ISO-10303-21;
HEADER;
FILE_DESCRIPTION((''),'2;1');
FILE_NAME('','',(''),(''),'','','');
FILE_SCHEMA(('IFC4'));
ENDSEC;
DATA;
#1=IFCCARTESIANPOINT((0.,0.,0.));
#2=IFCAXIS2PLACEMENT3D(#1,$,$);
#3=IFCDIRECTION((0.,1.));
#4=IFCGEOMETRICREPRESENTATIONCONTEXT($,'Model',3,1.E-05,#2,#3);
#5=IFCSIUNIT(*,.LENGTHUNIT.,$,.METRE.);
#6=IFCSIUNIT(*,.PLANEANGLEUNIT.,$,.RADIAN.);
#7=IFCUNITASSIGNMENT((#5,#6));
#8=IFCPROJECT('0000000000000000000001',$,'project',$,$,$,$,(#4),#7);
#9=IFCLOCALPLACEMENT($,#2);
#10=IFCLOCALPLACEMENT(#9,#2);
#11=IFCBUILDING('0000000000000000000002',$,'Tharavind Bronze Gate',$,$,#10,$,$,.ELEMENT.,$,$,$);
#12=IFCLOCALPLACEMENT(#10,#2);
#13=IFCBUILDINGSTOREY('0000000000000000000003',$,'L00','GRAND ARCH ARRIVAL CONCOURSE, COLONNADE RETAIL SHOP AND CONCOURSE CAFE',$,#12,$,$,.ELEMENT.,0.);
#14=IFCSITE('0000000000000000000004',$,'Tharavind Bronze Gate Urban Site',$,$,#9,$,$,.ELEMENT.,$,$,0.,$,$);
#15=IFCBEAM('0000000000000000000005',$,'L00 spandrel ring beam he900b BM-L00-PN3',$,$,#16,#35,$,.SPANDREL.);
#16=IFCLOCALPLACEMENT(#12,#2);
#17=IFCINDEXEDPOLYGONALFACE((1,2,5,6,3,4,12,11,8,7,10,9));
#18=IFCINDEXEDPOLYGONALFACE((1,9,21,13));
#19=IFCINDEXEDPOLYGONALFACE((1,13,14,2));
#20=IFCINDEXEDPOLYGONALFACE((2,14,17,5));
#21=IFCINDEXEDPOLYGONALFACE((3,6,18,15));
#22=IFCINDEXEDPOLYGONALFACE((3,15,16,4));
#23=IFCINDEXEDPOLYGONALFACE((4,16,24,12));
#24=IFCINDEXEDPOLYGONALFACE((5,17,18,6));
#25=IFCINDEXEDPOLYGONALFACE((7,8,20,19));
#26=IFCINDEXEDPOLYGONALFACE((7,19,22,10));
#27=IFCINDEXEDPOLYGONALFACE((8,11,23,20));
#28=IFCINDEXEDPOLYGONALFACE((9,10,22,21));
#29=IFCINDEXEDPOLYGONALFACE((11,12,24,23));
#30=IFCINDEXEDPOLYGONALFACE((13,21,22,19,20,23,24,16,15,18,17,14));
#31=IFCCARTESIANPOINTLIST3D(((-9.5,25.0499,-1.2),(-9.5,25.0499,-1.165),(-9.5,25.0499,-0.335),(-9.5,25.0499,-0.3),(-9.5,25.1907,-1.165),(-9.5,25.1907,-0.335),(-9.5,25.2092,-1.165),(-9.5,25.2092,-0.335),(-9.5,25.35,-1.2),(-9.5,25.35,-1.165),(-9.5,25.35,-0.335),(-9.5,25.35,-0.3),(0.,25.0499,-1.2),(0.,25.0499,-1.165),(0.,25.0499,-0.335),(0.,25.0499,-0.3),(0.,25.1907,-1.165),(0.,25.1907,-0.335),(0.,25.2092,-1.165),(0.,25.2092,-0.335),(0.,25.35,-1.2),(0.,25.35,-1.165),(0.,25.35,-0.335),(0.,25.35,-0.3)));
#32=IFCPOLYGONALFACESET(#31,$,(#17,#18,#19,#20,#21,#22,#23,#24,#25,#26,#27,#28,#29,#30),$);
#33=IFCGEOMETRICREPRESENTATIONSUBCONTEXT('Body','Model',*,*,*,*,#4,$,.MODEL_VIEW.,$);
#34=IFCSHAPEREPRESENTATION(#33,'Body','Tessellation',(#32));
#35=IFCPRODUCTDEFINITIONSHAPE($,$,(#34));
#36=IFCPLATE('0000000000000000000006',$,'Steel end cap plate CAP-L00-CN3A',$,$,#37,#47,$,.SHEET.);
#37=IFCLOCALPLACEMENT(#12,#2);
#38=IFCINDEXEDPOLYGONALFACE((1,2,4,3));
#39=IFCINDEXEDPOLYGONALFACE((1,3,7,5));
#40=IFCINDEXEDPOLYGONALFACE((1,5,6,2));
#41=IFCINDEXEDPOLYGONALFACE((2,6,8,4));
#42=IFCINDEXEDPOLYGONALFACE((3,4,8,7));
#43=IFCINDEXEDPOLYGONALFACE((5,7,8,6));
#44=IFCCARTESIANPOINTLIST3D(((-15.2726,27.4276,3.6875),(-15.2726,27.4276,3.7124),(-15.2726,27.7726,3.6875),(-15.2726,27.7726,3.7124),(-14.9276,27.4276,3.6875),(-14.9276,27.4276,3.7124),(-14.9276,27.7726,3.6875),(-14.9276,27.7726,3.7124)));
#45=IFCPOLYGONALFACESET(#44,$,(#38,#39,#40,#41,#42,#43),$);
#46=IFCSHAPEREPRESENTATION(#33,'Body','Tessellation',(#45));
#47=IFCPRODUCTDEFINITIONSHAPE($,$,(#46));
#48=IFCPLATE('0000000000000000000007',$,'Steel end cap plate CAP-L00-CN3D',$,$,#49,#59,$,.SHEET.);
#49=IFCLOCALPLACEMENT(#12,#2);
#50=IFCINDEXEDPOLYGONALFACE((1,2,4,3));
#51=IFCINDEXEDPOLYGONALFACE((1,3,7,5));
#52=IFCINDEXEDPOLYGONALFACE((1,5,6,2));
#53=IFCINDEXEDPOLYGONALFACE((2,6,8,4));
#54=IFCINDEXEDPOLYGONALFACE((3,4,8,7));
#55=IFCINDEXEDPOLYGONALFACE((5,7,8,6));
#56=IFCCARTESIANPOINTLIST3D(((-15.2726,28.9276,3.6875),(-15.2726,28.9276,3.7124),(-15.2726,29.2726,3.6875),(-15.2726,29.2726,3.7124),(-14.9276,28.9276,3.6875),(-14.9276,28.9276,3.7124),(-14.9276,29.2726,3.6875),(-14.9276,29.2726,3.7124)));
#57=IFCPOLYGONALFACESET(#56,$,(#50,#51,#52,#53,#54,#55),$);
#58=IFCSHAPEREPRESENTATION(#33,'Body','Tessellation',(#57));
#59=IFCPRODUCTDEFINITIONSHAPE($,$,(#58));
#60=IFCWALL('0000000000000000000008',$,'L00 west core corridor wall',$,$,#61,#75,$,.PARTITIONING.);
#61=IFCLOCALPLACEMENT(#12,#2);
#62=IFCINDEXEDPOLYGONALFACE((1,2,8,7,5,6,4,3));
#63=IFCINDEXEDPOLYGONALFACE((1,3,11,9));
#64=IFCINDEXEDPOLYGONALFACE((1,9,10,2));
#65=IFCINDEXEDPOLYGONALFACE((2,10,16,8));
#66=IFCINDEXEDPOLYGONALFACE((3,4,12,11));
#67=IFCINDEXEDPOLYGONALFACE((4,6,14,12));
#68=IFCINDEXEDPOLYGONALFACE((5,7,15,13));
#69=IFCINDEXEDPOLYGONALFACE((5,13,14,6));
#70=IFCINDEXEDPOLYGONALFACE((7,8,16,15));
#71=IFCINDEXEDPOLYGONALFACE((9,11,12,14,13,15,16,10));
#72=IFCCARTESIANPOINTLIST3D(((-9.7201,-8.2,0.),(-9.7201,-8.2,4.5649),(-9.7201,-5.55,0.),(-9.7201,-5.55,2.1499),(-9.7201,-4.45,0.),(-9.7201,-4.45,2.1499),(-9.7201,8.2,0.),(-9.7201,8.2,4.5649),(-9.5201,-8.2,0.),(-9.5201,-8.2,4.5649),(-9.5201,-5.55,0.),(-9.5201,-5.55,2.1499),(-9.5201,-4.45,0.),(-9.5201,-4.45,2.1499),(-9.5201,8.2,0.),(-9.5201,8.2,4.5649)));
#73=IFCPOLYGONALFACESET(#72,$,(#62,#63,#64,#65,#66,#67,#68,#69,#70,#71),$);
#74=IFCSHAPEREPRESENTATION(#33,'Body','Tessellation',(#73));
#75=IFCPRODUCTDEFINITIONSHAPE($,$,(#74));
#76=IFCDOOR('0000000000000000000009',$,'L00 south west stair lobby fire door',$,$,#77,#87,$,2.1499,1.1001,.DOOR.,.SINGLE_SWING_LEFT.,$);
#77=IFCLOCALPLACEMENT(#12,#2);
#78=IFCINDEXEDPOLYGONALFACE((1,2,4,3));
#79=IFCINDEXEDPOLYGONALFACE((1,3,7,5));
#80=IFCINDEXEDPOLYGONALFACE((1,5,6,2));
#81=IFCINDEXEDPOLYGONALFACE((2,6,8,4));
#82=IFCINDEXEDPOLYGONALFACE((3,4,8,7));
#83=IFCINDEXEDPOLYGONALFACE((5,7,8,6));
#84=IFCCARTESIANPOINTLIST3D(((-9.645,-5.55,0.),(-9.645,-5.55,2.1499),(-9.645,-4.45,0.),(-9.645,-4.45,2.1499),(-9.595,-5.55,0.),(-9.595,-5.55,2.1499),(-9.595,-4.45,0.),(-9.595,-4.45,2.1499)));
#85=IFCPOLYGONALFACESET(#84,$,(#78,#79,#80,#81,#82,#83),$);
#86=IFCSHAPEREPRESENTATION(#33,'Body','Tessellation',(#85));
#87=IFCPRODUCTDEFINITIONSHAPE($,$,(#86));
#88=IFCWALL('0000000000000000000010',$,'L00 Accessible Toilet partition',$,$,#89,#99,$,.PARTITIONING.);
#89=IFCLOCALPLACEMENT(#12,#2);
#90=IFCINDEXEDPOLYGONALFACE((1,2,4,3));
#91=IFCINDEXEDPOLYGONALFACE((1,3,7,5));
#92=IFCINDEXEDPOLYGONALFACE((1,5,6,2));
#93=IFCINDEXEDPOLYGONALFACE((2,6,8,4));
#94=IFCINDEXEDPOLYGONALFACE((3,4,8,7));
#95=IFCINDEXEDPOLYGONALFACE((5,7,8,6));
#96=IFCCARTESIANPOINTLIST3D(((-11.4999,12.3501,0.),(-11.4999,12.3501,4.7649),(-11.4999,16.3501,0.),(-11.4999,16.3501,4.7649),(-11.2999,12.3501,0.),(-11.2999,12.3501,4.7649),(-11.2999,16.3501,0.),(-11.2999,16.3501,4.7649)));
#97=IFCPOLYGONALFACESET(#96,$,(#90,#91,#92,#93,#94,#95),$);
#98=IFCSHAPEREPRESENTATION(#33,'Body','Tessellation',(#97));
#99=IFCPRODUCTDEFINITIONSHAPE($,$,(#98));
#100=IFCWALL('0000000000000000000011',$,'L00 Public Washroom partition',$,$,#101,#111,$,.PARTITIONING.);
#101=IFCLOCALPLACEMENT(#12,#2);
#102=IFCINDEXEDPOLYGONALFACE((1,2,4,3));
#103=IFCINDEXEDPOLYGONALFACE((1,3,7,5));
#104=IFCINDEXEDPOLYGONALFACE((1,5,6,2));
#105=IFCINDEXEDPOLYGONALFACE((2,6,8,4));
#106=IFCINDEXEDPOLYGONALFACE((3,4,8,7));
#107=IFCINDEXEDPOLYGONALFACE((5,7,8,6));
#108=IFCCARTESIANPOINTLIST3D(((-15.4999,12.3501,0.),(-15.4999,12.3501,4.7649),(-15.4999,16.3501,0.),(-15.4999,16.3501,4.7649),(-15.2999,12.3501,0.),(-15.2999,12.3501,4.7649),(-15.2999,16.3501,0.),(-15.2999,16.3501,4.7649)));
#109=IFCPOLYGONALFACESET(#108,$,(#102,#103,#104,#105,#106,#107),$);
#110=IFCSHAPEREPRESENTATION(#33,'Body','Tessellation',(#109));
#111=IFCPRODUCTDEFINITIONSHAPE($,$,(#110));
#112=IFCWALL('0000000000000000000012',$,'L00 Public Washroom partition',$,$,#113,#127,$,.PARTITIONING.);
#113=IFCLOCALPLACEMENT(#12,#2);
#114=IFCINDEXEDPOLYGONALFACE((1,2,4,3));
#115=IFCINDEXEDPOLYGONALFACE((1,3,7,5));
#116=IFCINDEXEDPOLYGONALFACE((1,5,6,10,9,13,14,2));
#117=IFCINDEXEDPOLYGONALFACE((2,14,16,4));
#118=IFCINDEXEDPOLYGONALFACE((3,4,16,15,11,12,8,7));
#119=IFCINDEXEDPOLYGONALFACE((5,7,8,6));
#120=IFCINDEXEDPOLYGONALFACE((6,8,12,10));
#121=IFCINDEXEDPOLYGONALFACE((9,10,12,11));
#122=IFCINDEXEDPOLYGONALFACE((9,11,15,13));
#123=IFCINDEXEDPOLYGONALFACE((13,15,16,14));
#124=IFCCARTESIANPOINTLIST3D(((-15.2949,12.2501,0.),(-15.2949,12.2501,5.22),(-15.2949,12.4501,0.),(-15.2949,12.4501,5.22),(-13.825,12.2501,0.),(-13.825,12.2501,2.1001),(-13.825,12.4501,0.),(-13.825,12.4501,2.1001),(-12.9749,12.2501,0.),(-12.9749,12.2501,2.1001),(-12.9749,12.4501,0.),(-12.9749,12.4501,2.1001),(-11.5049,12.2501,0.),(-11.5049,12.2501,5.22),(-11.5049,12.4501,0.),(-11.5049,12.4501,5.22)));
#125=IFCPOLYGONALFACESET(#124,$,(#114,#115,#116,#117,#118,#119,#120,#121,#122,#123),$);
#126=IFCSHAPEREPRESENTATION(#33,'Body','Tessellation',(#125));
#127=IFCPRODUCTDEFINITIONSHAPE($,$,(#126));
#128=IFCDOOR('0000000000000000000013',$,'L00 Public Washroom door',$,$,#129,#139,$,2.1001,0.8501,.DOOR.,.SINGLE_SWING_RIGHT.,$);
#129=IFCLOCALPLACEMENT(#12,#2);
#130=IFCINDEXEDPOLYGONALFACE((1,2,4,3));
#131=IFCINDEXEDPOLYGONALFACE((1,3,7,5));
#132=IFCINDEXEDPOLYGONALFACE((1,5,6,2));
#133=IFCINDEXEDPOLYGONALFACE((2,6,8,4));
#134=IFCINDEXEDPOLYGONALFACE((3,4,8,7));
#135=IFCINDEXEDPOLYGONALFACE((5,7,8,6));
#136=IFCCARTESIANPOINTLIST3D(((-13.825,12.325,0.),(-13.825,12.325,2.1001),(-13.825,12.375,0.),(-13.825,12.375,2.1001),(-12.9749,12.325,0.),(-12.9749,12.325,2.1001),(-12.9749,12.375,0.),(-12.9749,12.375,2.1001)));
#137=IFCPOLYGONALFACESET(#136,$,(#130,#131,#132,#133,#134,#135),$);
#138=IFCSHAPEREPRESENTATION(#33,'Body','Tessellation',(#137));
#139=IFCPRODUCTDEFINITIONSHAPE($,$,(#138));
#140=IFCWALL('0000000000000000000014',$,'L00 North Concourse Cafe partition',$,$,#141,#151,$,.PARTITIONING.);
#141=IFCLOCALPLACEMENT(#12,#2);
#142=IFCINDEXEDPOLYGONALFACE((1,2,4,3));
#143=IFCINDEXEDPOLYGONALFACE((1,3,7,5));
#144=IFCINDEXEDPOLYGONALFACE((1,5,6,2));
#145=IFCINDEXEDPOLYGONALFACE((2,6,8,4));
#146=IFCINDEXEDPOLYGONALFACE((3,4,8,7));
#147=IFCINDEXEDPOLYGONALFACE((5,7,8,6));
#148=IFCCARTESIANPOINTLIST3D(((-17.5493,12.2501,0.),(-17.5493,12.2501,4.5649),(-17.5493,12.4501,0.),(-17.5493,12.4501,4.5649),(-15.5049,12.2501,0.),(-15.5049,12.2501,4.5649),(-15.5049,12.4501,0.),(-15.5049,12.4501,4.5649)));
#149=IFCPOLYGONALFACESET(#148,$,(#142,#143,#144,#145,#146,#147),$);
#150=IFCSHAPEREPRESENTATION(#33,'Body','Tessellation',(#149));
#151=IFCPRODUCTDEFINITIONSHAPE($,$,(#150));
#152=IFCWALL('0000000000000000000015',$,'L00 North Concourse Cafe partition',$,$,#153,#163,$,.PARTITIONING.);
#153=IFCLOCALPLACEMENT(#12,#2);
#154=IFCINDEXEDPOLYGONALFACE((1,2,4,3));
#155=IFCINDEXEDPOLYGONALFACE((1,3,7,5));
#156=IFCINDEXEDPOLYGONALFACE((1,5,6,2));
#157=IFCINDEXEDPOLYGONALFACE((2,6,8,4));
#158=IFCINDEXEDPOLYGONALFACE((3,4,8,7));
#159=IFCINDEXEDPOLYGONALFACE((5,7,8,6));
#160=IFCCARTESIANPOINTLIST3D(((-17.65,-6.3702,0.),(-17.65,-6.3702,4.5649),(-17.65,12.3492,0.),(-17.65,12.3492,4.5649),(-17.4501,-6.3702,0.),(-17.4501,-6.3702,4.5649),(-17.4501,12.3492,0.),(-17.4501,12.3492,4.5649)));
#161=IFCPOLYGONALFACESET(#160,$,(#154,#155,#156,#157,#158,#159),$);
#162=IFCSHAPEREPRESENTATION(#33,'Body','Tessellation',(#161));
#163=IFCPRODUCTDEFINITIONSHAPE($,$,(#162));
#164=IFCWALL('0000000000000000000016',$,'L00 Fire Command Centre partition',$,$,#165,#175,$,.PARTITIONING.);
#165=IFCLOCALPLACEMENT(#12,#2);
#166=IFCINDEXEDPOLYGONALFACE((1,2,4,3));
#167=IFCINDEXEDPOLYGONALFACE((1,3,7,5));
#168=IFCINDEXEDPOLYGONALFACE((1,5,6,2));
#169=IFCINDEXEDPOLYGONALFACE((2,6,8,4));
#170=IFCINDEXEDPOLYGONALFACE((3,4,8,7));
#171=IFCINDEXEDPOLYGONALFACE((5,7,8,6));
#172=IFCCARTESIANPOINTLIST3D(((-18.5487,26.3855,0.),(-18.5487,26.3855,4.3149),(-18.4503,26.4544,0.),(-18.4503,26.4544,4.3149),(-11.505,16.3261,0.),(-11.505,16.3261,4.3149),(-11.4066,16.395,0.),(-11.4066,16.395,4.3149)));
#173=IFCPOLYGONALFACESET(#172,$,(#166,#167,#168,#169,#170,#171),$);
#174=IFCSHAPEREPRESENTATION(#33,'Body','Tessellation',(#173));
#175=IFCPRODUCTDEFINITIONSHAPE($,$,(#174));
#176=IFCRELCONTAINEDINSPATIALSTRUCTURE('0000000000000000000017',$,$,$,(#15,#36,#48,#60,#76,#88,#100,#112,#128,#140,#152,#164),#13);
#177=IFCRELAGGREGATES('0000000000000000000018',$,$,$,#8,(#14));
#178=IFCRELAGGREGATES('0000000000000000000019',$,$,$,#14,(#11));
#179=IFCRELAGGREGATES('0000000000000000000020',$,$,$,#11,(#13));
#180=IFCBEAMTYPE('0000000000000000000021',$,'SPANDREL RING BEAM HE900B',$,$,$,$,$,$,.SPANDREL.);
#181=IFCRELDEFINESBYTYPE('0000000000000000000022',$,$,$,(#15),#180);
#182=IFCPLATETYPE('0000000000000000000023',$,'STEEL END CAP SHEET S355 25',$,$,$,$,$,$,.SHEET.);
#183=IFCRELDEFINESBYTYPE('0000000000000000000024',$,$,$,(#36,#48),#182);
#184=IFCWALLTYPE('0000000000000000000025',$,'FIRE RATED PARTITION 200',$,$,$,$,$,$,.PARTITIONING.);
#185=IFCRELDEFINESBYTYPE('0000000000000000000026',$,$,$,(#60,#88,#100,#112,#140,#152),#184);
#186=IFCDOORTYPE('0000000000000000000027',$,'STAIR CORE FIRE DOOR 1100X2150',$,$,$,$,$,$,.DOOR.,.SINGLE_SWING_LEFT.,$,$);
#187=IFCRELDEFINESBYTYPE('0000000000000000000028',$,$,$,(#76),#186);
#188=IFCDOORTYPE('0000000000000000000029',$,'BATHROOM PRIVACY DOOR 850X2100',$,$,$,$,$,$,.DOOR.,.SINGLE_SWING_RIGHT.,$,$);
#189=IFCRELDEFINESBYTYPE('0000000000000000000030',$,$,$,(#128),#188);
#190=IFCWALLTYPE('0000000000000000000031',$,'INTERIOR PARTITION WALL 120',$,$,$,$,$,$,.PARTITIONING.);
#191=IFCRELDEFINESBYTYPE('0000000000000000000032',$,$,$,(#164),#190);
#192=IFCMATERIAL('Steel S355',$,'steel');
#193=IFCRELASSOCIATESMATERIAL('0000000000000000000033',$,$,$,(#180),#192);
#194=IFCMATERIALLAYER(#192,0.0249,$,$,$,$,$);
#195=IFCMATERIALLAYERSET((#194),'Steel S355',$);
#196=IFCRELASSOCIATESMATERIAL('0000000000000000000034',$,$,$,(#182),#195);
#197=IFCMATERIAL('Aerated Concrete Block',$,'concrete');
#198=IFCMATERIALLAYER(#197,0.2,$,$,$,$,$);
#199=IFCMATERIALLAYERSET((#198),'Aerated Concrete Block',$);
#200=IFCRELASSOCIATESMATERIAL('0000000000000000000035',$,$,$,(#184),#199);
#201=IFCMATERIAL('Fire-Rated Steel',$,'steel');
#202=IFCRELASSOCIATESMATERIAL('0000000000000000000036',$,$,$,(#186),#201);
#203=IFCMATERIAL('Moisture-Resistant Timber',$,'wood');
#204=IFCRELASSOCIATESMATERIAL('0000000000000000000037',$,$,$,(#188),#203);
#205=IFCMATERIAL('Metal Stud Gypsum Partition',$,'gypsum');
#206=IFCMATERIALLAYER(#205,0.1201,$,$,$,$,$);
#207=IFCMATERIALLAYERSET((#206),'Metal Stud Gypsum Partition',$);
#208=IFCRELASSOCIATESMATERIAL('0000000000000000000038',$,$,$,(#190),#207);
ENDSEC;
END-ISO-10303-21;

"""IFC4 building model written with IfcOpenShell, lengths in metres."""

from ifc_helpers import new_model, si_unit, direction, frame, frame_2d, origin, origin_2d, place, context, subcontext, project, spatial, rectangle, i_section, extrude, material, layer, layer_set, material_profile, profile_set, type_object, element, fill, save


model = new_model("IFC4")

# Units and contexts
model_context = context("Model", 3, precision=1e-05, world=origin(), true_north=direction((0.0, 1.0)))
body_context = subcontext(model_context, "Body", "Model", "MODEL_VIEW")
ifc_project = project(units=[si_unit("LENGTHUNIT", "METRE"), si_unit("PLANEANGLEUNIT", "RADIAN")], contexts=[model_context])

# Site, building, storey
site_placement = place(None, origin())
site = spatial("IfcSite", under=ifc_project, at=site_placement, Name="Tharavind Bronze Gate Urban Site", CompositionType="ELEMENT", RefElevation=0.0)
building_placement = place(site_placement, origin())
building = spatial("IfcBuilding", under=site, at=building_placement, Name="Tharavind Bronze Gate", CompositionType="ELEMENT")
storey_placement = place(building_placement, origin())
storey = spatial("IfcBuildingStorey", under=building, at=storey_placement, Name="L00", Description="GRAND ARCH ARRIVAL CONCOURSE, COLONNADE RETAIL SHOP AND CONCOURSE CAFE", CompositionType="ELEMENT", Elevation=0.0)

# Shared definitions
ifc_material_1 = material(Name="Steel S355", Category="steel")

# Beam
ifc_material_profile_1 = material_profile(ifc_material_1, i_section(OverallWidth=0.3, OverallDepth=0.8999, WebThickness=0.0186, FlangeThickness=0.0349, at=origin_2d()), Name="HE900B")
ifc_profile_set_1 = profile_set([ifc_material_profile_1], Name="Steel S355")
beam_type_1 = type_object("IfcBeamType", Name="SPANDREL RING BEAM HE900B", PredefinedType="SPANDREL", material=ifc_profile_set_1)
beam_1_placement = place(storey_placement, frame((-9.5, 25.2, -0.75), z_axis=(1.0, 0.0, 0.0), x_axis=(0.0, 1.0, 0.0)))
element("IfcBeam", 1, at=beam_1_placement, inside=storey, type_object=beam_type_1, Name="L00 spandrel ring beam he900b BM-L00-PN3", PredefinedType="SPANDREL", context=body_context, shape_type="SweptSolid", body=[
    extrude(i_section(OverallWidth=0.3, OverallDepth=0.8999, WebThickness=0.0186, FlangeThickness=0.0349, at=origin_2d()), origin(), (0.0, 0.0, 1.0), 9.5),
])

# Plates
ifc_layer_1 = layer(ifc_material_1, 0.0249)
ifc_layer_set_1 = layer_set([ifc_layer_1], Name="Steel S355")
plate_type = type_object("IfcPlateType", Name="STEEL END CAP SHEET S355 25", PredefinedType="SHEET", material=ifc_layer_set_1)
for number, where, z_axis, x_axis, name in (
    (2, (-15.1001, 27.6001, 3.6875), (0.0, 0.0, 1.0), (1.0, 0.0, 0.0), "Steel end cap plate CAP-L00-CN3A"),
    (3, (-15.1001, 29.1001, 3.6875), (0.0, 0.0, 1.0), (1.0, 0.0, 0.0), "Steel end cap plate CAP-L00-CN3D"),
):
    element("IfcPlate", number, at=place(storey_placement, frame(where, z_axis=z_axis, x_axis=x_axis)), inside=storey, type_object=plate_type, Name=name, PredefinedType="SHEET", context=body_context, shape_type="SweptSolid", body=[
        extrude(rectangle(XDim=0.345, YDim=0.345, at=origin_2d()), origin(), (0.0, 0.0, 1.0), 0.0249),
    ])

# Wall, opening, door
ifc_material_2 = material(Name="Aerated Concrete Block", Category="concrete")
ifc_layer_2 = layer(ifc_material_2, 0.2)
ifc_layer_set_2 = layer_set([ifc_layer_2], Name="Aerated Concrete Block")
wall_type_1 = type_object("IfcWallType", Name="FIRE RATED PARTITION 200", PredefinedType="PARTITIONING", material=ifc_layer_set_2)
wall_1_placement = place(storey_placement, frame((-9.6201, 8.2, 0.0), z_axis=(0.0, 0.0, 1.0), x_axis=(0.0, -1.0, 0.0)))
wall_1 = element("IfcWall", 4, at=wall_1_placement, inside=storey, type_object=wall_type_1, Name="L00 west core corridor wall", PredefinedType="PARTITIONING", context=body_context, shape_type="SweptSolid", body=[
    extrude(rectangle(XDim=16.3999, YDim=0.2, at=frame_2d((8.2, 0.0))), origin(), (0.0, 0.0, 1.0), 4.5649),
])
opening_1_placement = place(wall_1_placement, frame((12.6499, 0.0, 0.0)))
opening_1 = element("IfcOpeningElement", 5, at=opening_1_placement, cuts=wall_1, PredefinedType="OPENING", context=body_context, shape_type="SweptSolid", body=[
    extrude(rectangle(XDim=1.1001, YDim=2.1499, at=frame_2d((0.55, 1.075))), frame((0.0, 0.1101, 0.0), z_axis=(0.0, -1.0, 0.0), x_axis=(1.0, 0.0, 0.0)), (0.0, 0.0, 1.0), 0.22),
])
ifc_material_3 = material(Name="Fire-Rated Steel", Category="steel")
door_type_1 = type_object("IfcDoorType", Name="STAIR CORE FIRE DOOR 1100X2150", OperationType="SINGLE_SWING_LEFT", PredefinedType="DOOR", material=ifc_material_3)
door_1_placement = place(opening_1_placement, frame((1.1001, 0.0, 0.0), z_axis=(0.0, 0.0, 1.0), x_axis=(-1.0, 0.0, 0.0)))
door_1 = element("IfcDoor", 6, at=door_1_placement, inside=storey, type_object=door_type_1, Name="L00 south west stair lobby fire door", OperationType="SINGLE_SWING_LEFT", OverallHeight=2.1499, OverallWidth=1.1001, PredefinedType="DOOR", context=body_context, shape_type="SweptSolid", body=[
    extrude(rectangle(XDim=1.1001, YDim=2.1499, at=frame_2d((0.55, 1.075))), frame((0.0, 0.0249, 0.0), z_axis=(0.0, -1.0, 0.0), x_axis=(1.0, 0.0, 0.0)), (0.0, 0.0, 1.0), 0.05),
])
fill(opening_1, door_1)

# Walls
for number, where, z_axis, x_axis, name in (
    (7, (-11.3999, 12.3501, 0.0), (0.0, 0.0, 1.0), (0.0, 1.0, 0.0), "L00 Accessible Toilet partition"),
    (8, (-15.3999, 12.3501, 0.0), (0.0, 0.0, 1.0), (0.0, 1.0, 0.0), "L00 Public Washroom partition"),
):
    element("IfcWall", number, at=place(storey_placement, frame(where, z_axis=z_axis, x_axis=x_axis)), inside=storey, type_object=wall_type_1, Name=name, PredefinedType="PARTITIONING", context=body_context, shape_type="SweptSolid", body=[
        extrude(rectangle(XDim=4.0, YDim=0.2, at=frame_2d((2.0, 0.0))), origin(), (0.0, 0.0, 1.0), 4.7649),
    ])

# Wall, opening, door
wall_2_placement = place(storey_placement, frame((-11.5049, 12.3501, 0.0), z_axis=(0.0, 0.0, 1.0), x_axis=(-1.0, 0.0, 0.0)))
wall_2 = element("IfcWall", 9, at=wall_2_placement, inside=storey, type_object=wall_type_1, Name="L00 Public Washroom partition", PredefinedType="PARTITIONING", context=body_context, shape_type="SweptSolid", body=[
    extrude(rectangle(XDim=3.79, YDim=0.2, at=frame_2d((1.895, 0.0))), origin(), (0.0, 0.0, 1.0), 5.22),
])
opening_2_placement = place(wall_2_placement, frame((1.47, 0.0, 0.0)))
opening_2 = element("IfcOpeningElement", 10, at=opening_2_placement, cuts=wall_2, PredefinedType="OPENING", context=body_context, shape_type="SweptSolid", body=[
    extrude(rectangle(XDim=0.8501, YDim=2.1001, at=frame_2d((0.425, 1.05))), frame((0.0, 0.1101, 0.0), z_axis=(0.0, -1.0, 0.0), x_axis=(1.0, 0.0, 0.0)), (0.0, 0.0, 1.0), 0.22),
])
ifc_material_4 = material(Name="Moisture-Resistant Timber", Category="wood")
door_type_2 = type_object("IfcDoorType", Name="BATHROOM PRIVACY DOOR 850X2100", OperationType="SINGLE_SWING_RIGHT", PredefinedType="DOOR", material=ifc_material_4)
door_2_placement = place(opening_2_placement, frame((0.8501, 0.0, 0.0), z_axis=(0.0, 0.0, 1.0), x_axis=(-1.0, 0.0, 0.0)))
door_2 = element("IfcDoor", 11, at=door_2_placement, inside=storey, type_object=door_type_2, Name="L00 Public Washroom door", OperationType="SINGLE_SWING_RIGHT", OverallHeight=2.1001, OverallWidth=0.8501, PredefinedType="DOOR", context=body_context, shape_type="SweptSolid", body=[
    extrude(rectangle(XDim=0.8501, YDim=2.1001, at=frame_2d((0.425, 1.05))), frame((0.0, 0.0249, 0.0), z_axis=(0.0, -1.0, 0.0), x_axis=(1.0, 0.0, 0.0)), (0.0, 0.0, 1.0), 0.05),
])
fill(opening_2, door_2)

# Walls
wall_3_placement = place(storey_placement, frame((-15.5049, 12.3501, 0.0), z_axis=(0.0, 0.0, 1.0), x_axis=(-1.0, 0.0, 0.0)))
element("IfcWall", 12, at=wall_3_placement, inside=storey, type_object=wall_type_1, Name="L00 North Concourse Cafe partition", PredefinedType="PARTITIONING", context=body_context, shape_type="SweptSolid", body=[
    extrude(rectangle(XDim=2.0444, YDim=0.2, at=frame_2d((1.0222, 0.0))), origin(), (0.0, 0.0, 1.0), 4.5649),
])
wall_4_placement = place(storey_placement, frame((-17.55, 12.3494, 0.0), z_axis=(0.0, 0.0, 1.0), x_axis=(0.0, -1.0, 0.0)))
element("IfcWall", 13, at=wall_4_placement, inside=storey, type_object=wall_type_1, Name="L00 North Concourse Cafe partition", PredefinedType="PARTITIONING", context=body_context, shape_type="SweptSolid", body=[
    extrude(rectangle(XDim=18.7195, YDim=0.2, at=frame_2d((9.3599, 0.0))), origin(), (0.0, 0.0, 1.0), 4.5649),
])
ifc_material_5 = material(Name="Metal Stud Gypsum Partition", Category="gypsum")
ifc_layer_3 = layer(ifc_material_5, 0.1201)
ifc_layer_set_3 = layer_set([ifc_layer_3], Name="Metal Stud Gypsum Partition")
wall_type_2 = type_object("IfcWallType", Name="INTERIOR PARTITION WALL 120", PredefinedType="PARTITIONING", material=ifc_layer_set_3)
wall_5_placement = place(storey_placement, frame((-11.4558, 16.3606, 0.0), z_axis=(0.0, 0.0, 1.0), x_axis=(-0.573581, 0.819149, 0.0)))
element("IfcWall", 14, at=wall_5_placement, inside=storey, type_object=wall_type_2, Name="L00 Fire Command Centre partition", PredefinedType="PARTITIONING", context=body_context, shape_type="SweptSolid", body=[
    extrude(rectangle(XDim=12.2803, YDim=0.1201, at=frame_2d((6.1401, 0.0))), origin(), (0.0, 0.0, 1.0), 4.3149),
])

save(model, "model.ifc")
